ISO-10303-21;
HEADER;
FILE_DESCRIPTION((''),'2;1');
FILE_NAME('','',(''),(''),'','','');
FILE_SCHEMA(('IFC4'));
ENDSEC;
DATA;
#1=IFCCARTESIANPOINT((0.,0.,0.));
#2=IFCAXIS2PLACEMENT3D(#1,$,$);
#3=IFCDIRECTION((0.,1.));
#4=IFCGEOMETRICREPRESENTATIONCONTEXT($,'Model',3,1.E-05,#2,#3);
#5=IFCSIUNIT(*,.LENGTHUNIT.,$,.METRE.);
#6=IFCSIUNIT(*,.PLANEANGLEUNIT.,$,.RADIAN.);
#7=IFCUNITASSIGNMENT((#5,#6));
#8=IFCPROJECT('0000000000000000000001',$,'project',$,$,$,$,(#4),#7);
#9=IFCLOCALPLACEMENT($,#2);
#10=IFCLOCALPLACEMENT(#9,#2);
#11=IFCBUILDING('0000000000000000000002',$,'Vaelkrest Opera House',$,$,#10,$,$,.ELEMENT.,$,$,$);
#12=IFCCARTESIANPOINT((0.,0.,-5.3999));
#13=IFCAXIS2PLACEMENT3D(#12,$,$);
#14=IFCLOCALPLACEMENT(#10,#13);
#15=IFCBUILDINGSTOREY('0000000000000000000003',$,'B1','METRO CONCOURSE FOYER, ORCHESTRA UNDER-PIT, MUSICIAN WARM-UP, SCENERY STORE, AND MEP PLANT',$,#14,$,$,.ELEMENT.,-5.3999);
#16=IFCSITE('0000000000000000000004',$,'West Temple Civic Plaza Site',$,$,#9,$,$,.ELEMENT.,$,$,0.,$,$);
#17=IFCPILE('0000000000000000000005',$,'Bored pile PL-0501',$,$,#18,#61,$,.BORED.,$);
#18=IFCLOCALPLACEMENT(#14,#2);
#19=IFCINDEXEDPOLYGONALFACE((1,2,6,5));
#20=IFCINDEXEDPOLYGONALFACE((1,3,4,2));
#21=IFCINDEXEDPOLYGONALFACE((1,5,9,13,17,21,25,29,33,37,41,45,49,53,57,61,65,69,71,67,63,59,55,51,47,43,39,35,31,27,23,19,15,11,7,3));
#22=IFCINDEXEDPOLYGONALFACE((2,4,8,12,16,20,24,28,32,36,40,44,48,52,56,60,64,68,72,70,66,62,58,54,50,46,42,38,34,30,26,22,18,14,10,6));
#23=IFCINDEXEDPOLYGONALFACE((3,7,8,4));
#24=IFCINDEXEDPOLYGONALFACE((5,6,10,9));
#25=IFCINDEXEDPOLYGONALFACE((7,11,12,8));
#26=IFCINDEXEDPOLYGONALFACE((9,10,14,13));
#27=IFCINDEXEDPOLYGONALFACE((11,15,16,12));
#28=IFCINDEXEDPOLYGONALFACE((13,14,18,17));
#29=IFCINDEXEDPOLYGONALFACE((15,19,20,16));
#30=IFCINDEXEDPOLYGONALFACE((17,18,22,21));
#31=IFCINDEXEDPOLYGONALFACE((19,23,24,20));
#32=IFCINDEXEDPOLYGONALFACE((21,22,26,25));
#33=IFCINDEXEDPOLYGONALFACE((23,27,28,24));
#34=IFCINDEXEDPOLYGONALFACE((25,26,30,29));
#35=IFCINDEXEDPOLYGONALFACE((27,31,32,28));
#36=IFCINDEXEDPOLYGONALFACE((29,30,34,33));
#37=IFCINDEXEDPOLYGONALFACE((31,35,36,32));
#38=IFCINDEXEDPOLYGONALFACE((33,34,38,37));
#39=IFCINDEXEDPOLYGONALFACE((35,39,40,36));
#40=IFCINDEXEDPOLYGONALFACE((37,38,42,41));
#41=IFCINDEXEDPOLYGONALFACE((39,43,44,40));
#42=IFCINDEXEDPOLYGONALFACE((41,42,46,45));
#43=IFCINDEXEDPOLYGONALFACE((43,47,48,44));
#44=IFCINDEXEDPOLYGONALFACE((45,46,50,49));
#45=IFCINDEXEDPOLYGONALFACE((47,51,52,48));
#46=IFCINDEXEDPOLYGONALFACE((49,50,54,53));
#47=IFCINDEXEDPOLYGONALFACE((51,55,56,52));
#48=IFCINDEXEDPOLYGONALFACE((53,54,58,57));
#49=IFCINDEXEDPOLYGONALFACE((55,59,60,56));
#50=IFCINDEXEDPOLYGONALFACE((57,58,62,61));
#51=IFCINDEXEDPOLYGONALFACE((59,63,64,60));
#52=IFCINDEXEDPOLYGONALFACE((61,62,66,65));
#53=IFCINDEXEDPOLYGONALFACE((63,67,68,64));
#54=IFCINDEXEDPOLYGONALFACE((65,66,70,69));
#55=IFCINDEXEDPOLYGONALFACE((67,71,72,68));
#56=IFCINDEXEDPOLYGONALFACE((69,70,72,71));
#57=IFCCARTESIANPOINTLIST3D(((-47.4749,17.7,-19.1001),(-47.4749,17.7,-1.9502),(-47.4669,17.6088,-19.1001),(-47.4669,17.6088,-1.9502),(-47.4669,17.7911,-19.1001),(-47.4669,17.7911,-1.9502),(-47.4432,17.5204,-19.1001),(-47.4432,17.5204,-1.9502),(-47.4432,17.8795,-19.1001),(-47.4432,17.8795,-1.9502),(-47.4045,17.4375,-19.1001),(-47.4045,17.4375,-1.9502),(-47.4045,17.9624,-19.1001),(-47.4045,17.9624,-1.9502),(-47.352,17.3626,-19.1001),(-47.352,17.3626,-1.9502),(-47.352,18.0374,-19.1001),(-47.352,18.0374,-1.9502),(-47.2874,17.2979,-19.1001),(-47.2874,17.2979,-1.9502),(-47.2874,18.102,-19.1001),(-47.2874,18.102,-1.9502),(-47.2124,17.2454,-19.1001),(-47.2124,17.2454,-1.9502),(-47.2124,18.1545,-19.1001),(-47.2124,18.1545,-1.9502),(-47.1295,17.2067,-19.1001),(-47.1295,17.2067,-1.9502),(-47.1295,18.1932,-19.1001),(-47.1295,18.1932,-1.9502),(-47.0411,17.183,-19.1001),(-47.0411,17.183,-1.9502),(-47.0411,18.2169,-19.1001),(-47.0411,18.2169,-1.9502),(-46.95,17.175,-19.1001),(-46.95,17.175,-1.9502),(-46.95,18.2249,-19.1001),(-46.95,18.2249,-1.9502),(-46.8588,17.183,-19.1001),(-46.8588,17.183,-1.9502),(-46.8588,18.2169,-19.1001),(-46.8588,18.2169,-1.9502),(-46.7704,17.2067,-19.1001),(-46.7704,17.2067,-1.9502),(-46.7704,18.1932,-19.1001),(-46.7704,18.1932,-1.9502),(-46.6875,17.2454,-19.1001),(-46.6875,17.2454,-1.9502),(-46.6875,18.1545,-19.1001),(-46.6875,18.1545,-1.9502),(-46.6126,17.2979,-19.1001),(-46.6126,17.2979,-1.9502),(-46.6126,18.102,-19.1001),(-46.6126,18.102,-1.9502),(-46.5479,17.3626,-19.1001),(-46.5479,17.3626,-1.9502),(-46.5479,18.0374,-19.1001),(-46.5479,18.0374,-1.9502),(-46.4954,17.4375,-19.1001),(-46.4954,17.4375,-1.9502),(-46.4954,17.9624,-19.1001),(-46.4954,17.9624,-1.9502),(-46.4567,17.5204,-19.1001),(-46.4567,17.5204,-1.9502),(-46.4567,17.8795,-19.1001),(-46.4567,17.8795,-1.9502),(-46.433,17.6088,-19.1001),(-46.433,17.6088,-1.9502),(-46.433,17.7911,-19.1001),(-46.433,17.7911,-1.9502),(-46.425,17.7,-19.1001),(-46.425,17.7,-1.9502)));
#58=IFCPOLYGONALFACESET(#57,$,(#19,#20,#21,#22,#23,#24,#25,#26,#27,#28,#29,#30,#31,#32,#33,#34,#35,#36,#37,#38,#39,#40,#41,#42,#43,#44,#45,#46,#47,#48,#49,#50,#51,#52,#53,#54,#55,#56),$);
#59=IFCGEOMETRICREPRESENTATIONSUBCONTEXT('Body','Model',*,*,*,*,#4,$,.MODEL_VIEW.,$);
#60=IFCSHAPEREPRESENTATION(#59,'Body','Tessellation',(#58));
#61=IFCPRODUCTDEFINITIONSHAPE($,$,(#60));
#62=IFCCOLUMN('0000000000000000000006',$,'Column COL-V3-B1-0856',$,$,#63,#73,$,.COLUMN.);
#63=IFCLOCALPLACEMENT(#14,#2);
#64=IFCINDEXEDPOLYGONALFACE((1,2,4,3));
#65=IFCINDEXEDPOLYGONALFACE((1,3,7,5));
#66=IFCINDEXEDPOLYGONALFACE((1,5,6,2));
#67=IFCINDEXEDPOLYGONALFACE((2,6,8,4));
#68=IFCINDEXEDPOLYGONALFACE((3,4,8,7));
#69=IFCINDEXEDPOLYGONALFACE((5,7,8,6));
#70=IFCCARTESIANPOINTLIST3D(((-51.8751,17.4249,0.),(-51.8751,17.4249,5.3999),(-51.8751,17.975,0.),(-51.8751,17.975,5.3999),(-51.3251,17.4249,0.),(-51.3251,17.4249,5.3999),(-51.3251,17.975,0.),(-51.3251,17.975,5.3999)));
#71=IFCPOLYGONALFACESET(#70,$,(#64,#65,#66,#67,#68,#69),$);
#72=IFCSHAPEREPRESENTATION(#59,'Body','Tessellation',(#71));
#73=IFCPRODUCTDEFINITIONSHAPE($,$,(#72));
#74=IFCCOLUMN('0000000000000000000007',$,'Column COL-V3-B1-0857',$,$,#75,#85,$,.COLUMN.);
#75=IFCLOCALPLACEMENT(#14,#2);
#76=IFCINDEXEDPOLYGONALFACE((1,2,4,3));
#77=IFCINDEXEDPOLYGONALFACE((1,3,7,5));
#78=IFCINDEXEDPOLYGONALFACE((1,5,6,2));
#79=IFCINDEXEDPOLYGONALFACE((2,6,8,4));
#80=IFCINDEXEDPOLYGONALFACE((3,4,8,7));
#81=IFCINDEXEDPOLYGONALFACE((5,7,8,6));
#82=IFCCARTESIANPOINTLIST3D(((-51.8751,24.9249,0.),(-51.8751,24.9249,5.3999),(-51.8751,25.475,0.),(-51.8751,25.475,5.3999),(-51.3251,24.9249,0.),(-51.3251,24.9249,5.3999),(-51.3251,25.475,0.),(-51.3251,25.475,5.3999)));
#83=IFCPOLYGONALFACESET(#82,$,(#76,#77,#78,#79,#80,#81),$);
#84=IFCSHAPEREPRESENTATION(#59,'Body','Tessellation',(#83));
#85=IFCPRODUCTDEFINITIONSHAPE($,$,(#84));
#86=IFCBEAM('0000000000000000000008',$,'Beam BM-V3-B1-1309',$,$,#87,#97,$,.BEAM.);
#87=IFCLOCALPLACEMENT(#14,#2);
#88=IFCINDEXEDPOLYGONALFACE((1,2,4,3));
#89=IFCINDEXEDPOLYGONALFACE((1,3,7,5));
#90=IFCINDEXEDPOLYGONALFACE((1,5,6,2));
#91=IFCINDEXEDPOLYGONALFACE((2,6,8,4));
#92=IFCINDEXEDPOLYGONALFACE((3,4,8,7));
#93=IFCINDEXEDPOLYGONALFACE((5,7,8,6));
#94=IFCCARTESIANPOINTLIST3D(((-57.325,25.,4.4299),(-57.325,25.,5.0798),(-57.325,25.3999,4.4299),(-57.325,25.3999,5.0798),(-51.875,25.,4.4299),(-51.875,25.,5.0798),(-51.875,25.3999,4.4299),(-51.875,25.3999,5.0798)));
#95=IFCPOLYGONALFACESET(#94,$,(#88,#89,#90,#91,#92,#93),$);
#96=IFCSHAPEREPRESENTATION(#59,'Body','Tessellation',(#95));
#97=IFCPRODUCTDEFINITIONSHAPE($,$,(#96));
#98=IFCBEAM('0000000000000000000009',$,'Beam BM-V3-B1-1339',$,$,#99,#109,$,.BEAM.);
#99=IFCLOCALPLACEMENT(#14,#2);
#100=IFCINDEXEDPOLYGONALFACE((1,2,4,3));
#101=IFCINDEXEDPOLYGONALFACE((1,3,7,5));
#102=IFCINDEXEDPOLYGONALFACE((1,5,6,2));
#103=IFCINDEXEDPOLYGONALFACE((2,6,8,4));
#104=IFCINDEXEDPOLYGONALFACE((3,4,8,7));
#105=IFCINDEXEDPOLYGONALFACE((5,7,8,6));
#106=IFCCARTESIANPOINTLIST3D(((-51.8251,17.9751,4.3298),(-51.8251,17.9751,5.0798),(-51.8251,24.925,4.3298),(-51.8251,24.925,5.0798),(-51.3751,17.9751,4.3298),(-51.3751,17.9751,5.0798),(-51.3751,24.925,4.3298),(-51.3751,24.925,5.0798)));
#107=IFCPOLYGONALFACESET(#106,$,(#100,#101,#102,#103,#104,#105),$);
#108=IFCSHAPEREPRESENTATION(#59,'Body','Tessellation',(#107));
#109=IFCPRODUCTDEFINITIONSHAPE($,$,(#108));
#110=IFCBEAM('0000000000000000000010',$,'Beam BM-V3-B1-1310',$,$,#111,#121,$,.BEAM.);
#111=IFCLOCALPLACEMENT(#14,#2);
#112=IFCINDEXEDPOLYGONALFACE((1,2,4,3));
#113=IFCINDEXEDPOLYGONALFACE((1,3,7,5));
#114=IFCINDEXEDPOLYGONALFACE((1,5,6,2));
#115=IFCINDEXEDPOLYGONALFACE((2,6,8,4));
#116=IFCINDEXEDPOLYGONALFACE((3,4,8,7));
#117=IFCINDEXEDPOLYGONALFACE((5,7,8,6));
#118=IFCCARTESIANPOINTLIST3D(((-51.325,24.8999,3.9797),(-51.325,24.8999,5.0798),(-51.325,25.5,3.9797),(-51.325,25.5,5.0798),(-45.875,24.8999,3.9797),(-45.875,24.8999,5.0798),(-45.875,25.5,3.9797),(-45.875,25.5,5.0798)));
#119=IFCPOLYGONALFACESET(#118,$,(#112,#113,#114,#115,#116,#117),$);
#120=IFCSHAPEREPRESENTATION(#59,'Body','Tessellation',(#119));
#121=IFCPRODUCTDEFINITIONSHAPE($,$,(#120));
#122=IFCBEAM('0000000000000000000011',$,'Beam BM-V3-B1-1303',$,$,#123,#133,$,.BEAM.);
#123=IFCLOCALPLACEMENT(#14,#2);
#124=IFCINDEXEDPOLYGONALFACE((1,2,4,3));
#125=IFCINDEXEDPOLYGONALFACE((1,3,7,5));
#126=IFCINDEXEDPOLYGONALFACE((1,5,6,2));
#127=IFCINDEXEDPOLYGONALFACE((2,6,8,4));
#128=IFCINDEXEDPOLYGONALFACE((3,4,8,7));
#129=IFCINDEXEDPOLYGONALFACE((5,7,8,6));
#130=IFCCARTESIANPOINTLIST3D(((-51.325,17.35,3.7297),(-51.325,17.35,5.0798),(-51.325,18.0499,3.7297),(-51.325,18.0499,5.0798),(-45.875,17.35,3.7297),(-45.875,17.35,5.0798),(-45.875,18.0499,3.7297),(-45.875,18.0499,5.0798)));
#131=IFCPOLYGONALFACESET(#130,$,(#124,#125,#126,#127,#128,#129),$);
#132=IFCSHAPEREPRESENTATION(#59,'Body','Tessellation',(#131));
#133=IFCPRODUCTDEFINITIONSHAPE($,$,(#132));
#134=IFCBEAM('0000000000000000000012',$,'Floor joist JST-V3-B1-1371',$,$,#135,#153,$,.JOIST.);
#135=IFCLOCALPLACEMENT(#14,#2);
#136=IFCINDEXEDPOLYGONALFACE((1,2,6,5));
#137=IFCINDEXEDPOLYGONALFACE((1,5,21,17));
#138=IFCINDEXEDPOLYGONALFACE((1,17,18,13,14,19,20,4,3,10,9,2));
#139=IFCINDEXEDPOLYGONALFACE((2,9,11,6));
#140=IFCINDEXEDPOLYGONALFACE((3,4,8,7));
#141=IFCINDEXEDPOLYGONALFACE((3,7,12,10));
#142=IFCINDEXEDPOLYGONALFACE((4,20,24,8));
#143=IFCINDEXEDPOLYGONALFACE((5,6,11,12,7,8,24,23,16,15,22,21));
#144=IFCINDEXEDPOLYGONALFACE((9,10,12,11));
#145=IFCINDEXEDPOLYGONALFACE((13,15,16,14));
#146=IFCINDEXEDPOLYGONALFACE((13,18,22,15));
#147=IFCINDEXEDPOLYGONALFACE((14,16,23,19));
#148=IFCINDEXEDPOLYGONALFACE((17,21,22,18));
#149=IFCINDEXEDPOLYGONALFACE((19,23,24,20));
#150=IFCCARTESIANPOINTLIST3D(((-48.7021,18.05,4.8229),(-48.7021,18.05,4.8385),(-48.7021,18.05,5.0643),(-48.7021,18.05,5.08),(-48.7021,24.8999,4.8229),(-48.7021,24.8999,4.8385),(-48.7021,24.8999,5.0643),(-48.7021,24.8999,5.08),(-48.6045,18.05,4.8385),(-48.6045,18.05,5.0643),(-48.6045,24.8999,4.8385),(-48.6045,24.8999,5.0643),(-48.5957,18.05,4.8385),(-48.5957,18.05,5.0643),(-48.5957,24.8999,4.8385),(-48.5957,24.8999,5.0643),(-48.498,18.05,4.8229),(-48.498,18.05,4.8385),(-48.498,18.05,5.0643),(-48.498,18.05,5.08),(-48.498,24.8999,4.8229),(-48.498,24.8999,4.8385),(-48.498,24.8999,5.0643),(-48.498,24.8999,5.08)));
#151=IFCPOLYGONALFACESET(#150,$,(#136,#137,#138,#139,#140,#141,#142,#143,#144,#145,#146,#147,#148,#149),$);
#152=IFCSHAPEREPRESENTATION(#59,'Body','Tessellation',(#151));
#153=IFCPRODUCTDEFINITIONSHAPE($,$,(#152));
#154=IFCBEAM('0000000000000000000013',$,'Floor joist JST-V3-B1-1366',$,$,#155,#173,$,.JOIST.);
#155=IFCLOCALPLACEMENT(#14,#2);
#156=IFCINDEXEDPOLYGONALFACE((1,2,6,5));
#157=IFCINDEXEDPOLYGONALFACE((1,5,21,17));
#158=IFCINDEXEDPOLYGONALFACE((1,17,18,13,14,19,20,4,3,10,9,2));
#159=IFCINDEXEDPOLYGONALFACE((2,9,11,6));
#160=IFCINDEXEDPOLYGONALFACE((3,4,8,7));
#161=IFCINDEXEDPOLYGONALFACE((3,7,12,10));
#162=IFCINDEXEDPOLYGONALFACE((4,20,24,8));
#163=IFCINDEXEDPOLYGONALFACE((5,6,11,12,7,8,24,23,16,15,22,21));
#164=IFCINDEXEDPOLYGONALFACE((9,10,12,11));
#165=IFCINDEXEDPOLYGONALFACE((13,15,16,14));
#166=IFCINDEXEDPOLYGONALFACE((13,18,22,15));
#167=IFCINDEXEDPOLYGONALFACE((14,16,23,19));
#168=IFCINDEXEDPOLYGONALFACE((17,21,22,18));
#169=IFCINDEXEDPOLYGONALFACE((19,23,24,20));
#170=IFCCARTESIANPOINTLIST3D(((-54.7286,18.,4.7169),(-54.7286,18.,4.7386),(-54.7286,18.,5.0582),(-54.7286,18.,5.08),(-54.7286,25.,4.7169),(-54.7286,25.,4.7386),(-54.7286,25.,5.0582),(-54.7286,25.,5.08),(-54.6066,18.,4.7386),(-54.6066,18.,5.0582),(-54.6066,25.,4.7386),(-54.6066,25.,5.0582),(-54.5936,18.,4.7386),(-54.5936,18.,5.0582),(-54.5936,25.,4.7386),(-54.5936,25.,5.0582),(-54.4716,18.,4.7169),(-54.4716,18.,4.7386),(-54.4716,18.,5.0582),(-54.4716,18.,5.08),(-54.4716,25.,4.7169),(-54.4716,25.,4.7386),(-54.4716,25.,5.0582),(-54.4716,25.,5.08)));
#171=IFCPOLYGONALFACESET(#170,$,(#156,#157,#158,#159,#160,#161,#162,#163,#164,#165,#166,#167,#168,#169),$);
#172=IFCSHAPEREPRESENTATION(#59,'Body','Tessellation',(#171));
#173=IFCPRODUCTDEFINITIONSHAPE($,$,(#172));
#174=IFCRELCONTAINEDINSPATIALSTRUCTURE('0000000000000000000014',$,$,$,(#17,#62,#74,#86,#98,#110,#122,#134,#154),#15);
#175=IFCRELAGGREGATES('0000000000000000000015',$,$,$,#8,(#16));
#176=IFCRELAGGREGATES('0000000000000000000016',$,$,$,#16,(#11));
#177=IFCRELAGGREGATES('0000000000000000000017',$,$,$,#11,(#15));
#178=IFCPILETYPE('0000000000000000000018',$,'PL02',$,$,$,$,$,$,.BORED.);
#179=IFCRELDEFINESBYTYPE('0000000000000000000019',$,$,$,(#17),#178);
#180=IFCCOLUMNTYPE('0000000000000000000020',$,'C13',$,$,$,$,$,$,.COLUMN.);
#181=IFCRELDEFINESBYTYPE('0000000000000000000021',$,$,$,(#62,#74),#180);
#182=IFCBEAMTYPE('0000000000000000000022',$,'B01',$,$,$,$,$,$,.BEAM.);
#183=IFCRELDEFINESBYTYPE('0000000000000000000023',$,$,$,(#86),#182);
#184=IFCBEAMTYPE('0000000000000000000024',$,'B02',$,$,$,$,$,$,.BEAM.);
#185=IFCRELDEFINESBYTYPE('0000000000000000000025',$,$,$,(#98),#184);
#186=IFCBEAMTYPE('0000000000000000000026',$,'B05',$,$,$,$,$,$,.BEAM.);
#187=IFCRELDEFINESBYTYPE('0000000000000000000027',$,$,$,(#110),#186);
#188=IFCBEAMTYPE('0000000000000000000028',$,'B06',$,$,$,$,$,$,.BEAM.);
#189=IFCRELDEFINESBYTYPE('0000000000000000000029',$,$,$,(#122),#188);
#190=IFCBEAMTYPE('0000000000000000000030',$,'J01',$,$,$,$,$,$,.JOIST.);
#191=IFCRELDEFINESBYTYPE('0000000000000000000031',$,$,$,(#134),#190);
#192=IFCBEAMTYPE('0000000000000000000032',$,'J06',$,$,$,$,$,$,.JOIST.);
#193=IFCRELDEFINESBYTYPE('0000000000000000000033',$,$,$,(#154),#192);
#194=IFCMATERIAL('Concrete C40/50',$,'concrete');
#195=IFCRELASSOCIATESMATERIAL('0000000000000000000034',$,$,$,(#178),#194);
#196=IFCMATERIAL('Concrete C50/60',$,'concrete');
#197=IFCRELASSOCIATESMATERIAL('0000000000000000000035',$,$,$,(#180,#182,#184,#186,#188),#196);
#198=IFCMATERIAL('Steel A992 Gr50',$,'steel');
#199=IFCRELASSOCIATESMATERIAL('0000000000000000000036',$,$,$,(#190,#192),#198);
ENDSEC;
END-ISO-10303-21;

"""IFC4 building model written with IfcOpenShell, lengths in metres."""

from ifc_helpers import new_model, si_unit, direction, frame, origin, origin_2d, place, context, subcontext, project, spatial, rectangle, circle, i_section, extrude, material, material_profile, profile_set, type_object, element, save


model = new_model("IFC4")

# Units and contexts
model_context = context("Model", 3, precision=1e-05, world=origin(), true_north=direction((0.0, 1.0)))
body_context = subcontext(model_context, "Body", "Model", "MODEL_VIEW")
ifc_project = project(units=[si_unit("LENGTHUNIT", "METRE"), si_unit("PLANEANGLEUNIT", "RADIAN")], contexts=[model_context])

# Site, building, storey
site_placement = place(None, origin())
site = spatial("IfcSite", under=ifc_project, at=site_placement, Name="West Temple Civic Plaza Site", CompositionType="ELEMENT", RefElevation=0.0)
building_placement = place(site_placement, origin())
building = spatial("IfcBuilding", under=site, at=building_placement, Name="Vaelkrest Opera House", CompositionType="ELEMENT")
storey_placement = place(building_placement, frame((0.0, 0.0, -5.3999)))
storey = spatial("IfcBuildingStorey", under=building, at=storey_placement, Name="B1", Description="METRO CONCOURSE FOYER, ORCHESTRA UNDER-PIT, MUSICIAN WARM-UP, SCENERY STORE, AND MEP PLANT", CompositionType="ELEMENT", Elevation=-5.3999)

# Shared definitions
ifc_material_1 = material(Name="Concrete C40/50", Category="concrete")

# Pile
ifc_material_profile_1 = material_profile(ifc_material_1, circle(Radius=0.5249, at=origin_2d()), Name="PILE1050")
ifc_profile_set_1 = profile_set([ifc_material_profile_1], Name="Concrete C40/50")
pile_type = type_object("IfcPileType", Name="PL02", PredefinedType="BORED", material=ifc_profile_set_1)
pile_1_placement = place(storey_placement, frame((-46.95, 17.7, -1.9502), z_axis=(0.0, 0.0, -1.0), x_axis=(1.0, 0.0, 0.0)))
element("IfcPile", 1, at=pile_1_placement, inside=storey, type_object=pile_type, Name="Bored pile PL-0501", PredefinedType="BORED", context=body_context, shape_type="SweptSolid", body=[
    extrude(circle(Radius=0.5249, at=origin_2d()), origin(), (0.0, 0.0, 1.0), 17.1499),
])

# Columns
ifc_material_2 = material(Name="Concrete C50/60", Category="concrete")
ifc_material_profile_2 = material_profile(ifc_material_2, rectangle(XDim=0.55, YDim=0.55, at=origin_2d()), Name="RC550X550")
ifc_profile_set_2 = profile_set([ifc_material_profile_2], Name="Concrete C50/60")
column_type = type_object("IfcColumnType", Name="C13", PredefinedType="COLUMN", material=ifc_profile_set_2)
for number, where, z_axis, x_axis, name in (
    (2, (-51.6001, 17.7, 0.0), (0.0, 0.0, 1.0), (1.0, 0.0, 0.0), "Column COL-V3-B1-0856"),
    (3, (-51.6001, 25.2, 0.0), (0.0, 0.0, 1.0), (1.0, 0.0, 0.0), "Column COL-V3-B1-0857"),
):
    element("IfcColumn", number, at=place(storey_placement, frame(where, z_axis=z_axis, x_axis=x_axis)), inside=storey, type_object=column_type, Name=name, PredefinedType="COLUMN", context=body_context, shape_type="SweptSolid", body=[
        extrude(rectangle(XDim=0.55, YDim=0.55, at=origin_2d()), origin(), (0.0, 0.0, 1.0), 5.3999),
    ])

# Beams
ifc_material_profile_3 = material_profile(ifc_material_2, rectangle(XDim=0.3999, YDim=0.6499, at=origin_2d()), Name="RCB400X650")
ifc_profile_set_3 = profile_set([ifc_material_profile_3], Name="Concrete C50/60")
beam_type_1 = type_object("IfcBeamType", Name="B01", PredefinedType="BEAM", material=ifc_profile_set_3)
beam_1_placement = place(storey_placement, frame((-57.325, 25.2, 4.7549), z_axis=(1.0, 0.0, 0.0), x_axis=(0.0, 1.0, 0.0)))
element("IfcBeam", 4, at=beam_1_placement, inside=storey, type_object=beam_type_1, Name="Beam BM-V3-B1-1309", PredefinedType="BEAM", context=body_context, shape_type="SweptSolid", body=[
    extrude(rectangle(XDim=0.3999, YDim=0.6499, at=origin_2d()), origin(), (0.0, 0.0, 1.0), 5.45),
])
ifc_material_profile_4 = material_profile(ifc_material_2, rectangle(XDim=0.45, YDim=0.75, at=origin_2d()), Name="RCB450X750")
ifc_profile_set_4 = profile_set([ifc_material_profile_4], Name="Concrete C50/60")
beam_type_2 = type_object("IfcBeamType", Name="B02", PredefinedType="BEAM", material=ifc_profile_set_4)
beam_2_placement = place(storey_placement, frame((-51.6001, 17.9751, 4.7048), z_axis=(0.0, 1.0, 0.0), x_axis=(-1.0, 0.0, 0.0)))
element("IfcBeam", 5, at=beam_2_placement, inside=storey, type_object=beam_type_2, Name="Beam BM-V3-B1-1339", PredefinedType="BEAM", context=body_context, shape_type="SweptSolid", body=[
    extrude(rectangle(XDim=0.45, YDim=0.75, at=origin_2d()), origin(), (0.0, 0.0, 1.0), 6.95),
])
ifc_material_profile_5 = material_profile(ifc_material_2, rectangle(XDim=0.6001, YDim=1.1001, at=origin_2d()), Name="RCB600X1100")
ifc_profile_set_5 = profile_set([ifc_material_profile_5], Name="Concrete C50/60")
beam_type_3 = type_object("IfcBeamType", Name="B05", PredefinedType="BEAM", material=ifc_profile_set_5)
beam_3_placement = place(storey_placement, frame((-51.325, 25.2, 4.5298), z_axis=(1.0, 0.0, 0.0), x_axis=(0.0, 1.0, 0.0)))
element("IfcBeam", 6, at=beam_3_placement, inside=storey, type_object=beam_type_3, Name="Beam BM-V3-B1-1310", PredefinedType="BEAM", context=body_context, shape_type="SweptSolid", body=[
    extrude(rectangle(XDim=0.6001, YDim=1.1001, at=origin_2d()), origin(), (0.0, 0.0, 1.0), 5.45),
])
ifc_material_profile_6 = material_profile(ifc_material_2, rectangle(XDim=0.7, YDim=1.3501, at=origin_2d()), Name="RCB700X1350")
ifc_profile_set_6 = profile_set([ifc_material_profile_6], Name="Concrete C50/60")
beam_type_4 = type_object("IfcBeamType", Name="B06", PredefinedType="BEAM", material=ifc_profile_set_6)
beam_4_placement = place(storey_placement, frame((-51.325, 17.7, 4.4048), z_axis=(1.0, 0.0, 0.0), x_axis=(0.0, 1.0, 0.0)))
element("IfcBeam", 7, at=beam_4_placement, inside=storey, type_object=beam_type_4, Name="Beam BM-V3-B1-1303", PredefinedType="BEAM", context=body_context, shape_type="SweptSolid", body=[
    extrude(rectangle(XDim=0.7, YDim=1.3501, at=origin_2d()), origin(), (0.0, 0.0, 1.0), 5.45),
])
ifc_material_3 = material(Name="Steel A992 Gr50", Category="steel")
ifc_material_profile_7 = material_profile(ifc_material_3, i_section(OverallWidth=0.2041, OverallDepth=0.2571, WebThickness=0.0088, FlangeThickness=0.0156, at=origin_2d()), Name="W10X45")
ifc_profile_set_7 = profile_set([ifc_material_profile_7], Name="Steel A992 Gr50")
beam_type_5 = type_object("IfcBeamType", Name="J01", PredefinedType="JOIST", material=ifc_profile_set_7)
beam_5_placement = place(storey_placement, frame((-48.6001, 18.05, 4.9514), z_axis=(0.0, 1.0, 0.0), x_axis=(-1.0, 0.0, 0.0)))
element("IfcBeam", 8, at=beam_5_placement, inside=storey, type_object=beam_type_5, Name="Floor joist JST-V3-B1-1371", PredefinedType="JOIST", context=body_context, shape_type="SweptSolid", body=[
    extrude(i_section(OverallWidth=0.2041, OverallDepth=0.2571, WebThickness=0.0088, FlangeThickness=0.0156, at=origin_2d()), origin(), (0.0, 0.0, 1.0), 6.8499),
])
ifc_material_profile_8 = material_profile(ifc_material_3, i_section(OverallWidth=0.2571, OverallDepth=0.363, WebThickness=0.0129, FlangeThickness=0.0217, at=origin_2d()), Name="W14X82")
ifc_profile_set_8 = profile_set([ifc_material_profile_8], Name="Steel A992 Gr50")
beam_type_6 = type_object("IfcBeamType", Name="J06", PredefinedType="JOIST", material=ifc_profile_set_8)
beam_6_placement = place(storey_placement, frame((-54.6001, 18.0, 4.8984), z_axis=(0.0, 1.0, 0.0), x_axis=(-1.0, 0.0, 0.0)))
element("IfcBeam", 9, at=beam_6_placement, inside=storey, type_object=beam_type_6, Name="Floor joist JST-V3-B1-1366", PredefinedType="JOIST", context=body_context, shape_type="SweptSolid", body=[
    extrude(i_section(OverallWidth=0.2571, OverallDepth=0.363, WebThickness=0.0129, FlangeThickness=0.0217, at=origin_2d()), origin(), (0.0, 0.0, 1.0), 7.0),
])

save(model, "model.ifc")
